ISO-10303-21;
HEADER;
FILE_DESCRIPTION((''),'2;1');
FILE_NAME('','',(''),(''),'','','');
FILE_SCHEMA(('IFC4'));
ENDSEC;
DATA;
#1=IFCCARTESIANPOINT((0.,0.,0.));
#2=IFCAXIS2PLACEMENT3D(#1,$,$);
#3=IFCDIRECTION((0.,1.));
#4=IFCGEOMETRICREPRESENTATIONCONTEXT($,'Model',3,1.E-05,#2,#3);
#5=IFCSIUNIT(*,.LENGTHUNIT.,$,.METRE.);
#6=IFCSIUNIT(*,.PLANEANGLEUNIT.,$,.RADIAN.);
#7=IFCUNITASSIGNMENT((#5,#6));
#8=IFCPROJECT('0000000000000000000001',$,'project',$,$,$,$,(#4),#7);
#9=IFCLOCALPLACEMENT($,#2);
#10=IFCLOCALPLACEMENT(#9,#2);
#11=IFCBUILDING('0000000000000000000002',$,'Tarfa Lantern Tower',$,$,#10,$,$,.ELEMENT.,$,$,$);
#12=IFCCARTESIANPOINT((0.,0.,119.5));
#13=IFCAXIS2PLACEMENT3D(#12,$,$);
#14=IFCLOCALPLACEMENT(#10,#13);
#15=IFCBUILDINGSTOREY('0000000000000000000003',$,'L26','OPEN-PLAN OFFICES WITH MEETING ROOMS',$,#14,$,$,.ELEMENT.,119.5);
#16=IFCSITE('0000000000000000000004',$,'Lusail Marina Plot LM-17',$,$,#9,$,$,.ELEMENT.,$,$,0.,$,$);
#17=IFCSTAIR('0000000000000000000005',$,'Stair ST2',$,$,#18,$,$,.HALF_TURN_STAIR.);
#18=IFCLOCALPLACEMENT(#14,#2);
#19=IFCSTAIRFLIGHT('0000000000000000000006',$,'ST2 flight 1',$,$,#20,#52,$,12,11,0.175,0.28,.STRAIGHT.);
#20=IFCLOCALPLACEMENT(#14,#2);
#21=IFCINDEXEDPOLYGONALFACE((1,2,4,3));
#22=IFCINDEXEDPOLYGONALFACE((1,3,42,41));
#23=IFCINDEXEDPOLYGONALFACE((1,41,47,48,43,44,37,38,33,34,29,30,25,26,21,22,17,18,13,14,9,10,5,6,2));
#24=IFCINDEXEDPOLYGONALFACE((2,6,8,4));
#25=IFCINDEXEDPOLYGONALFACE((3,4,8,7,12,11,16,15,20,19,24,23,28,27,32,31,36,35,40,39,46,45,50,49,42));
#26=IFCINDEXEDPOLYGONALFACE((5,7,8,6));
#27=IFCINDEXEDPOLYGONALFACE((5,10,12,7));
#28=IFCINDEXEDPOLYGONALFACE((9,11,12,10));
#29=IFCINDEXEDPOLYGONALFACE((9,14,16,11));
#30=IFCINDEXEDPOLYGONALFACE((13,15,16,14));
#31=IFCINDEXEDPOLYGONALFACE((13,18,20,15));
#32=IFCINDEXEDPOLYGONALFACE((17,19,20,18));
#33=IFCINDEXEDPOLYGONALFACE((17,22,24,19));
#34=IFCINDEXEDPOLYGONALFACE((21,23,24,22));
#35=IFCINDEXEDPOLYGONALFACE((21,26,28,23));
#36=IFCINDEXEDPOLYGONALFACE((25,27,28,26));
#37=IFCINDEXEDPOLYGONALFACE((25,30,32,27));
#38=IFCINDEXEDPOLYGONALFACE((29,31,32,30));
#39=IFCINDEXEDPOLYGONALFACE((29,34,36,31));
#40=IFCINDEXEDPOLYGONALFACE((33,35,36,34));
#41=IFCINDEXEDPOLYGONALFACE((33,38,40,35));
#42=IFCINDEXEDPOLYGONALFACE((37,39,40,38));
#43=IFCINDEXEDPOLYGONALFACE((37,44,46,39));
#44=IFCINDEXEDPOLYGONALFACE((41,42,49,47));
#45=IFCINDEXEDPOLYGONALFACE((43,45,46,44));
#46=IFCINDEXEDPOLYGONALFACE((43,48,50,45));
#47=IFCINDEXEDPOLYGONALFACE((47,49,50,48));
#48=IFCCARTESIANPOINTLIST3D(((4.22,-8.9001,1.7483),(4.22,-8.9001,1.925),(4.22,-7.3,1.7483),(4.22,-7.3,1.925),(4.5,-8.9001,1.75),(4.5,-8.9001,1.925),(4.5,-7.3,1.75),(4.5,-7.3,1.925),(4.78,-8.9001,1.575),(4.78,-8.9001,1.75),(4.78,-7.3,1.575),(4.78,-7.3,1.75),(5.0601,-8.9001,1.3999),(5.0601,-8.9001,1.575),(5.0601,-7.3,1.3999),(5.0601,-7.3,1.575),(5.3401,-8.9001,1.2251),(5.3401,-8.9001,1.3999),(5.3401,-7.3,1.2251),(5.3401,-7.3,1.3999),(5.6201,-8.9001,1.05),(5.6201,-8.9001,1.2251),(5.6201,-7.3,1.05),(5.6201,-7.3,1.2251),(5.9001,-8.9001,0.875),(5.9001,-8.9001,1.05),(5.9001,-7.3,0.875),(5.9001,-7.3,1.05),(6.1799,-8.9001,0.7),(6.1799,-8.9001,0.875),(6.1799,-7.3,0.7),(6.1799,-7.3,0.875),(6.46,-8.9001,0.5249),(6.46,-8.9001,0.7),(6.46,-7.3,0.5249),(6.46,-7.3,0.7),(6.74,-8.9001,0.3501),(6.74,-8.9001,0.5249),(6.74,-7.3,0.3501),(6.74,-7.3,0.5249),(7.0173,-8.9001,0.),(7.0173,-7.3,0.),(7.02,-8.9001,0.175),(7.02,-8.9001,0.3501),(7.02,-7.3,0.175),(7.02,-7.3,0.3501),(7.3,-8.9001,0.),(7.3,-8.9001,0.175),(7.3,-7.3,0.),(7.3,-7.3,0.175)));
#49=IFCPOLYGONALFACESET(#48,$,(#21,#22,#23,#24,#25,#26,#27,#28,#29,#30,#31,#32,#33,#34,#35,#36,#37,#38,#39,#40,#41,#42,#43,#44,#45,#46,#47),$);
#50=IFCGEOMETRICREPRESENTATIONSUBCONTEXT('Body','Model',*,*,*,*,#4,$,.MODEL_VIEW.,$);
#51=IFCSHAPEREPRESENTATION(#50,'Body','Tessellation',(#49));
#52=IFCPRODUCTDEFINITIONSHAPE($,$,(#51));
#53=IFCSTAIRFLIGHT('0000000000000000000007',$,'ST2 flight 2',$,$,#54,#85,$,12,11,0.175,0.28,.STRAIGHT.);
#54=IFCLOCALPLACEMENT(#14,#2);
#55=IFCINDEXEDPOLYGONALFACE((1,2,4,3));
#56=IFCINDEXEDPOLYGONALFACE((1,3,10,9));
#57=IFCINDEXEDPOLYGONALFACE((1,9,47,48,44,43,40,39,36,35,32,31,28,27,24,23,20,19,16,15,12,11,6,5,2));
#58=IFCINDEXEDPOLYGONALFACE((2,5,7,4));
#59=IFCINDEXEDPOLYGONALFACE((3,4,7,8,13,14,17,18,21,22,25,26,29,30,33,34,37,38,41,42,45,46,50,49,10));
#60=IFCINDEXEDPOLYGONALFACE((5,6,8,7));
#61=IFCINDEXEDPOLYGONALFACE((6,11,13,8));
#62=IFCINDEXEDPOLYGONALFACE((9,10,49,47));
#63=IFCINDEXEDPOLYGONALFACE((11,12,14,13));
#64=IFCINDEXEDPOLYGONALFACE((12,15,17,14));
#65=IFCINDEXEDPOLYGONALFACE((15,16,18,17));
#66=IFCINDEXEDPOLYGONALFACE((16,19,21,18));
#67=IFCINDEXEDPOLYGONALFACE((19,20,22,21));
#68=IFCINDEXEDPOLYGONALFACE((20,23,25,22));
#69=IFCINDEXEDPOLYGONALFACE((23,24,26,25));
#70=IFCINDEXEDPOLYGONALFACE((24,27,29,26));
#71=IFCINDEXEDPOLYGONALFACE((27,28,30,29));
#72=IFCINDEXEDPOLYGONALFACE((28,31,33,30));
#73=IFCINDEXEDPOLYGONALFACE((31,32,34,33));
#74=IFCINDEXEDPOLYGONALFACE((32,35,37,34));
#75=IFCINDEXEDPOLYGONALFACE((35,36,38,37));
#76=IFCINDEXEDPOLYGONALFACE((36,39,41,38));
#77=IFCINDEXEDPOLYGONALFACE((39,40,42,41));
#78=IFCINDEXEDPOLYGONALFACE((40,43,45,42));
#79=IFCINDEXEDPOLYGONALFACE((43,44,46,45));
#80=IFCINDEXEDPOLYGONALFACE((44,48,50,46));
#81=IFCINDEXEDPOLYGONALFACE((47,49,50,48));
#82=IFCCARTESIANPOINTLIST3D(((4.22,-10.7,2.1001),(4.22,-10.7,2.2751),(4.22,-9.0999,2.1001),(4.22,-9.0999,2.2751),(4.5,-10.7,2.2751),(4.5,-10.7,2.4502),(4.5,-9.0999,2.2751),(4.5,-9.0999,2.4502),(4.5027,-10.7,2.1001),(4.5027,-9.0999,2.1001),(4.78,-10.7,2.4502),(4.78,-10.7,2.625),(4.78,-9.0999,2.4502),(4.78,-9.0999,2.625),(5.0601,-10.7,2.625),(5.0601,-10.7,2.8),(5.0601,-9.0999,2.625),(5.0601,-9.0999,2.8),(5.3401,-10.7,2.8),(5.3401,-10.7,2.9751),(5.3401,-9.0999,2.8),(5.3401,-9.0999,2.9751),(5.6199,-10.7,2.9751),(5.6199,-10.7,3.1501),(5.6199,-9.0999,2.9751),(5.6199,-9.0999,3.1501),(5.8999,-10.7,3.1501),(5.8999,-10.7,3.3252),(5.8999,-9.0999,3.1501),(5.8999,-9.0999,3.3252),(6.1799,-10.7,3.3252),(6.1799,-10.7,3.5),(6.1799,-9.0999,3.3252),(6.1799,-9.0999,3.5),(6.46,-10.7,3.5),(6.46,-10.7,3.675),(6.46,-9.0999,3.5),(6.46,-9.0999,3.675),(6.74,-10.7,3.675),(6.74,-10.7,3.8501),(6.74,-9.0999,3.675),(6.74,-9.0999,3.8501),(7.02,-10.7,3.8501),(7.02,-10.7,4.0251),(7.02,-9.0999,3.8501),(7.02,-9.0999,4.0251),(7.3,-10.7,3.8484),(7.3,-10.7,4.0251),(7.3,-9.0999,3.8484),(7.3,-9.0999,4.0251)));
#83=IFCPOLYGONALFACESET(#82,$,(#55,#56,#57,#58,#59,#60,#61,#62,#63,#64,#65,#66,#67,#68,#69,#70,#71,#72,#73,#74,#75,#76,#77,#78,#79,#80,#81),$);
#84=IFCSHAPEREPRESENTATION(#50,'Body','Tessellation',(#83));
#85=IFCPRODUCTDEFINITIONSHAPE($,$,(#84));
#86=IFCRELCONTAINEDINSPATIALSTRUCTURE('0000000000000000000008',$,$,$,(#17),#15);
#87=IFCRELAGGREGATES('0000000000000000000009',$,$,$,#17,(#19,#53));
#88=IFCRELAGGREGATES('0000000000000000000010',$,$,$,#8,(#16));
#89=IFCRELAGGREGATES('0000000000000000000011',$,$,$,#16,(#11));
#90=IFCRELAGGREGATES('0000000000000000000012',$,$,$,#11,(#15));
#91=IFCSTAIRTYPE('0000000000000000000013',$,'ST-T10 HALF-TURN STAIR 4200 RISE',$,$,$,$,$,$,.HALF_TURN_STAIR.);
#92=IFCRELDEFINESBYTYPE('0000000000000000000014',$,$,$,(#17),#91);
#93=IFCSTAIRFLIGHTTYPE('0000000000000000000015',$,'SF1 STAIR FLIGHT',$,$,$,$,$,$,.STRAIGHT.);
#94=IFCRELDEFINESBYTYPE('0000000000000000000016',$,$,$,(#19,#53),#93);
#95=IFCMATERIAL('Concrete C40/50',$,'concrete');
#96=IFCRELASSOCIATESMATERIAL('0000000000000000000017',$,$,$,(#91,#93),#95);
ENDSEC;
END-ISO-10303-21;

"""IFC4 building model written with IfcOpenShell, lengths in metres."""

from ifc_helpers import new_model, si_unit, direction, frame, origin, place, context, subcontext, project, spatial, polyline, outline, extrude, material, type_object, element, aggregate, save


model = new_model("IFC4")

# Units and contexts
model_context = context("Model", 3, precision=1e-05, world=origin(), true_north=direction((0.0, 1.0)))
body_context = subcontext(model_context, "Body", "Model", "MODEL_VIEW")
ifc_project = project(units=[si_unit("LENGTHUNIT", "METRE"), si_unit("PLANEANGLEUNIT", "RADIAN")], contexts=[model_context])

# Site, building, storey
site_placement = place(None, origin())
site = spatial("IfcSite", under=ifc_project, at=site_placement, Name="Lusail Marina Plot LM-17", CompositionType="ELEMENT", RefElevation=0.0)
building_placement = place(site_placement, origin())
building = spatial("IfcBuilding", under=site, at=building_placement, Name="Tarfa Lantern Tower", CompositionType="ELEMENT")
storey_placement = place(building_placement, frame((0.0, 0.0, 119.5)))
storey = spatial("IfcBuildingStorey", under=building, at=storey_placement, Name="L26", Description="OPEN-PLAN OFFICES WITH MEETING ROOMS", CompositionType="ELEMENT", Elevation=119.5)

# Stair, stair flights
ifc_material_1 = material(Name="Concrete C40/50", Category="concrete")
stair_type = type_object("IfcStairType", Name="ST-T10 HALF-TURN STAIR 4200 RISE", PredefinedType="HALF_TURN_STAIR", material=ifc_material_1)
stair_placement = place(storey_placement, origin())
stair = element("IfcStair", 1, at=stair_placement, inside=storey, type_object=stair_type, Name="Stair ST2", PredefinedType="HALF_TURN_STAIR")
stair_flight_type = type_object("IfcStairFlightType", Name="SF1 STAIR FLIGHT", PredefinedType="STRAIGHT", material=ifc_material_1)
stair_flight_1_placement = place(storey_placement, frame((7.3, -8.1001, 0.0), z_axis=(0.0, 0.0, 1.0), x_axis=(-1.0, 0.0, 0.0)))
stair_flight_1 = element("IfcStairFlight", 2, at=stair_flight_1_placement, type_object=stair_flight_type, Name="ST2 flight 1", NumberOfRisers=12, NumberOfTreads=11, PredefinedType="STRAIGHT", RiserHeight=0.175, TreadLength=0.28, context=body_context, shape_type="SweptSolid", body=[
    extrude(outline(polyline([(0.0, 0.0), (0.0, 0.175), (0.28, 0.175), (0.28, 0.3501), (0.5601, 0.3501), (0.5601, 0.5249), (0.8401, 0.5249), (0.8401, 0.7), (1.1201, 0.7), (1.1201, 0.875), (1.3999, 0.875), (1.3999, 1.05), (1.6799, 1.05), (1.6799, 1.2251), (1.96, 1.2251), (1.96, 1.3999), (2.24, 1.3999), (2.24, 1.575), (2.52, 1.575), (2.52, 1.75), (2.8, 1.75), (2.8, 1.925), (3.0801, 1.925), (3.0801, 2.1001), (3.0801, 1.7483), (0.2827, 0.0), (0.0, 0.0)])), frame((0.0, 0.8, 0.0), z_axis=(0.0, -1.0, 0.0), x_axis=(1.0, 0.0, 0.0)), (0.0, 0.0, 1.0), 1.6001),
])
stair_flight_2_placement = place(storey_placement, frame((4.22, -9.8999, 2.1001), z_axis=(0.0, 0.0, 1.0), x_axis=(1.0, 0.0, 0.0)))
stair_flight_2 = element("IfcStairFlight", 3, at=stair_flight_2_placement, type_object=stair_flight_type, Name="ST2 flight 2", NumberOfRisers=12, NumberOfTreads=11, PredefinedType="STRAIGHT", RiserHeight=0.175, TreadLength=0.28, context=body_context, shape_type="SweptSolid", body=[
    extrude(outline(polyline([(0.0, 0.0), (0.0, 0.175), (0.28, 0.175), (0.28, 0.3501), (0.5601, 0.3501), (0.5601, 0.5249), (0.8401, 0.5249), (0.8401, 0.7), (1.1201, 0.7), (1.1201, 0.875), (1.3999, 0.875), (1.3999, 1.05), (1.6799, 1.05), (1.6799, 1.2251), (1.96, 1.2251), (1.96, 1.3999), (2.24, 1.3999), (2.24, 1.575), (2.52, 1.575), (2.52, 1.75), (2.8, 1.75), (2.8, 1.925), (3.0801, 1.925), (3.0801, 2.1001), (3.0801, 1.7483), (0.2827, 0.0), (0.0, 0.0)])), frame((0.0, 0.8, 0.0), z_axis=(0.0, -1.0, 0.0), x_axis=(1.0, 0.0, 0.0)), (0.0, 0.0, 1.0), 1.6001),
])
aggregate(stair, [stair_flight_1, stair_flight_2])

save(model, "model.ifc")
